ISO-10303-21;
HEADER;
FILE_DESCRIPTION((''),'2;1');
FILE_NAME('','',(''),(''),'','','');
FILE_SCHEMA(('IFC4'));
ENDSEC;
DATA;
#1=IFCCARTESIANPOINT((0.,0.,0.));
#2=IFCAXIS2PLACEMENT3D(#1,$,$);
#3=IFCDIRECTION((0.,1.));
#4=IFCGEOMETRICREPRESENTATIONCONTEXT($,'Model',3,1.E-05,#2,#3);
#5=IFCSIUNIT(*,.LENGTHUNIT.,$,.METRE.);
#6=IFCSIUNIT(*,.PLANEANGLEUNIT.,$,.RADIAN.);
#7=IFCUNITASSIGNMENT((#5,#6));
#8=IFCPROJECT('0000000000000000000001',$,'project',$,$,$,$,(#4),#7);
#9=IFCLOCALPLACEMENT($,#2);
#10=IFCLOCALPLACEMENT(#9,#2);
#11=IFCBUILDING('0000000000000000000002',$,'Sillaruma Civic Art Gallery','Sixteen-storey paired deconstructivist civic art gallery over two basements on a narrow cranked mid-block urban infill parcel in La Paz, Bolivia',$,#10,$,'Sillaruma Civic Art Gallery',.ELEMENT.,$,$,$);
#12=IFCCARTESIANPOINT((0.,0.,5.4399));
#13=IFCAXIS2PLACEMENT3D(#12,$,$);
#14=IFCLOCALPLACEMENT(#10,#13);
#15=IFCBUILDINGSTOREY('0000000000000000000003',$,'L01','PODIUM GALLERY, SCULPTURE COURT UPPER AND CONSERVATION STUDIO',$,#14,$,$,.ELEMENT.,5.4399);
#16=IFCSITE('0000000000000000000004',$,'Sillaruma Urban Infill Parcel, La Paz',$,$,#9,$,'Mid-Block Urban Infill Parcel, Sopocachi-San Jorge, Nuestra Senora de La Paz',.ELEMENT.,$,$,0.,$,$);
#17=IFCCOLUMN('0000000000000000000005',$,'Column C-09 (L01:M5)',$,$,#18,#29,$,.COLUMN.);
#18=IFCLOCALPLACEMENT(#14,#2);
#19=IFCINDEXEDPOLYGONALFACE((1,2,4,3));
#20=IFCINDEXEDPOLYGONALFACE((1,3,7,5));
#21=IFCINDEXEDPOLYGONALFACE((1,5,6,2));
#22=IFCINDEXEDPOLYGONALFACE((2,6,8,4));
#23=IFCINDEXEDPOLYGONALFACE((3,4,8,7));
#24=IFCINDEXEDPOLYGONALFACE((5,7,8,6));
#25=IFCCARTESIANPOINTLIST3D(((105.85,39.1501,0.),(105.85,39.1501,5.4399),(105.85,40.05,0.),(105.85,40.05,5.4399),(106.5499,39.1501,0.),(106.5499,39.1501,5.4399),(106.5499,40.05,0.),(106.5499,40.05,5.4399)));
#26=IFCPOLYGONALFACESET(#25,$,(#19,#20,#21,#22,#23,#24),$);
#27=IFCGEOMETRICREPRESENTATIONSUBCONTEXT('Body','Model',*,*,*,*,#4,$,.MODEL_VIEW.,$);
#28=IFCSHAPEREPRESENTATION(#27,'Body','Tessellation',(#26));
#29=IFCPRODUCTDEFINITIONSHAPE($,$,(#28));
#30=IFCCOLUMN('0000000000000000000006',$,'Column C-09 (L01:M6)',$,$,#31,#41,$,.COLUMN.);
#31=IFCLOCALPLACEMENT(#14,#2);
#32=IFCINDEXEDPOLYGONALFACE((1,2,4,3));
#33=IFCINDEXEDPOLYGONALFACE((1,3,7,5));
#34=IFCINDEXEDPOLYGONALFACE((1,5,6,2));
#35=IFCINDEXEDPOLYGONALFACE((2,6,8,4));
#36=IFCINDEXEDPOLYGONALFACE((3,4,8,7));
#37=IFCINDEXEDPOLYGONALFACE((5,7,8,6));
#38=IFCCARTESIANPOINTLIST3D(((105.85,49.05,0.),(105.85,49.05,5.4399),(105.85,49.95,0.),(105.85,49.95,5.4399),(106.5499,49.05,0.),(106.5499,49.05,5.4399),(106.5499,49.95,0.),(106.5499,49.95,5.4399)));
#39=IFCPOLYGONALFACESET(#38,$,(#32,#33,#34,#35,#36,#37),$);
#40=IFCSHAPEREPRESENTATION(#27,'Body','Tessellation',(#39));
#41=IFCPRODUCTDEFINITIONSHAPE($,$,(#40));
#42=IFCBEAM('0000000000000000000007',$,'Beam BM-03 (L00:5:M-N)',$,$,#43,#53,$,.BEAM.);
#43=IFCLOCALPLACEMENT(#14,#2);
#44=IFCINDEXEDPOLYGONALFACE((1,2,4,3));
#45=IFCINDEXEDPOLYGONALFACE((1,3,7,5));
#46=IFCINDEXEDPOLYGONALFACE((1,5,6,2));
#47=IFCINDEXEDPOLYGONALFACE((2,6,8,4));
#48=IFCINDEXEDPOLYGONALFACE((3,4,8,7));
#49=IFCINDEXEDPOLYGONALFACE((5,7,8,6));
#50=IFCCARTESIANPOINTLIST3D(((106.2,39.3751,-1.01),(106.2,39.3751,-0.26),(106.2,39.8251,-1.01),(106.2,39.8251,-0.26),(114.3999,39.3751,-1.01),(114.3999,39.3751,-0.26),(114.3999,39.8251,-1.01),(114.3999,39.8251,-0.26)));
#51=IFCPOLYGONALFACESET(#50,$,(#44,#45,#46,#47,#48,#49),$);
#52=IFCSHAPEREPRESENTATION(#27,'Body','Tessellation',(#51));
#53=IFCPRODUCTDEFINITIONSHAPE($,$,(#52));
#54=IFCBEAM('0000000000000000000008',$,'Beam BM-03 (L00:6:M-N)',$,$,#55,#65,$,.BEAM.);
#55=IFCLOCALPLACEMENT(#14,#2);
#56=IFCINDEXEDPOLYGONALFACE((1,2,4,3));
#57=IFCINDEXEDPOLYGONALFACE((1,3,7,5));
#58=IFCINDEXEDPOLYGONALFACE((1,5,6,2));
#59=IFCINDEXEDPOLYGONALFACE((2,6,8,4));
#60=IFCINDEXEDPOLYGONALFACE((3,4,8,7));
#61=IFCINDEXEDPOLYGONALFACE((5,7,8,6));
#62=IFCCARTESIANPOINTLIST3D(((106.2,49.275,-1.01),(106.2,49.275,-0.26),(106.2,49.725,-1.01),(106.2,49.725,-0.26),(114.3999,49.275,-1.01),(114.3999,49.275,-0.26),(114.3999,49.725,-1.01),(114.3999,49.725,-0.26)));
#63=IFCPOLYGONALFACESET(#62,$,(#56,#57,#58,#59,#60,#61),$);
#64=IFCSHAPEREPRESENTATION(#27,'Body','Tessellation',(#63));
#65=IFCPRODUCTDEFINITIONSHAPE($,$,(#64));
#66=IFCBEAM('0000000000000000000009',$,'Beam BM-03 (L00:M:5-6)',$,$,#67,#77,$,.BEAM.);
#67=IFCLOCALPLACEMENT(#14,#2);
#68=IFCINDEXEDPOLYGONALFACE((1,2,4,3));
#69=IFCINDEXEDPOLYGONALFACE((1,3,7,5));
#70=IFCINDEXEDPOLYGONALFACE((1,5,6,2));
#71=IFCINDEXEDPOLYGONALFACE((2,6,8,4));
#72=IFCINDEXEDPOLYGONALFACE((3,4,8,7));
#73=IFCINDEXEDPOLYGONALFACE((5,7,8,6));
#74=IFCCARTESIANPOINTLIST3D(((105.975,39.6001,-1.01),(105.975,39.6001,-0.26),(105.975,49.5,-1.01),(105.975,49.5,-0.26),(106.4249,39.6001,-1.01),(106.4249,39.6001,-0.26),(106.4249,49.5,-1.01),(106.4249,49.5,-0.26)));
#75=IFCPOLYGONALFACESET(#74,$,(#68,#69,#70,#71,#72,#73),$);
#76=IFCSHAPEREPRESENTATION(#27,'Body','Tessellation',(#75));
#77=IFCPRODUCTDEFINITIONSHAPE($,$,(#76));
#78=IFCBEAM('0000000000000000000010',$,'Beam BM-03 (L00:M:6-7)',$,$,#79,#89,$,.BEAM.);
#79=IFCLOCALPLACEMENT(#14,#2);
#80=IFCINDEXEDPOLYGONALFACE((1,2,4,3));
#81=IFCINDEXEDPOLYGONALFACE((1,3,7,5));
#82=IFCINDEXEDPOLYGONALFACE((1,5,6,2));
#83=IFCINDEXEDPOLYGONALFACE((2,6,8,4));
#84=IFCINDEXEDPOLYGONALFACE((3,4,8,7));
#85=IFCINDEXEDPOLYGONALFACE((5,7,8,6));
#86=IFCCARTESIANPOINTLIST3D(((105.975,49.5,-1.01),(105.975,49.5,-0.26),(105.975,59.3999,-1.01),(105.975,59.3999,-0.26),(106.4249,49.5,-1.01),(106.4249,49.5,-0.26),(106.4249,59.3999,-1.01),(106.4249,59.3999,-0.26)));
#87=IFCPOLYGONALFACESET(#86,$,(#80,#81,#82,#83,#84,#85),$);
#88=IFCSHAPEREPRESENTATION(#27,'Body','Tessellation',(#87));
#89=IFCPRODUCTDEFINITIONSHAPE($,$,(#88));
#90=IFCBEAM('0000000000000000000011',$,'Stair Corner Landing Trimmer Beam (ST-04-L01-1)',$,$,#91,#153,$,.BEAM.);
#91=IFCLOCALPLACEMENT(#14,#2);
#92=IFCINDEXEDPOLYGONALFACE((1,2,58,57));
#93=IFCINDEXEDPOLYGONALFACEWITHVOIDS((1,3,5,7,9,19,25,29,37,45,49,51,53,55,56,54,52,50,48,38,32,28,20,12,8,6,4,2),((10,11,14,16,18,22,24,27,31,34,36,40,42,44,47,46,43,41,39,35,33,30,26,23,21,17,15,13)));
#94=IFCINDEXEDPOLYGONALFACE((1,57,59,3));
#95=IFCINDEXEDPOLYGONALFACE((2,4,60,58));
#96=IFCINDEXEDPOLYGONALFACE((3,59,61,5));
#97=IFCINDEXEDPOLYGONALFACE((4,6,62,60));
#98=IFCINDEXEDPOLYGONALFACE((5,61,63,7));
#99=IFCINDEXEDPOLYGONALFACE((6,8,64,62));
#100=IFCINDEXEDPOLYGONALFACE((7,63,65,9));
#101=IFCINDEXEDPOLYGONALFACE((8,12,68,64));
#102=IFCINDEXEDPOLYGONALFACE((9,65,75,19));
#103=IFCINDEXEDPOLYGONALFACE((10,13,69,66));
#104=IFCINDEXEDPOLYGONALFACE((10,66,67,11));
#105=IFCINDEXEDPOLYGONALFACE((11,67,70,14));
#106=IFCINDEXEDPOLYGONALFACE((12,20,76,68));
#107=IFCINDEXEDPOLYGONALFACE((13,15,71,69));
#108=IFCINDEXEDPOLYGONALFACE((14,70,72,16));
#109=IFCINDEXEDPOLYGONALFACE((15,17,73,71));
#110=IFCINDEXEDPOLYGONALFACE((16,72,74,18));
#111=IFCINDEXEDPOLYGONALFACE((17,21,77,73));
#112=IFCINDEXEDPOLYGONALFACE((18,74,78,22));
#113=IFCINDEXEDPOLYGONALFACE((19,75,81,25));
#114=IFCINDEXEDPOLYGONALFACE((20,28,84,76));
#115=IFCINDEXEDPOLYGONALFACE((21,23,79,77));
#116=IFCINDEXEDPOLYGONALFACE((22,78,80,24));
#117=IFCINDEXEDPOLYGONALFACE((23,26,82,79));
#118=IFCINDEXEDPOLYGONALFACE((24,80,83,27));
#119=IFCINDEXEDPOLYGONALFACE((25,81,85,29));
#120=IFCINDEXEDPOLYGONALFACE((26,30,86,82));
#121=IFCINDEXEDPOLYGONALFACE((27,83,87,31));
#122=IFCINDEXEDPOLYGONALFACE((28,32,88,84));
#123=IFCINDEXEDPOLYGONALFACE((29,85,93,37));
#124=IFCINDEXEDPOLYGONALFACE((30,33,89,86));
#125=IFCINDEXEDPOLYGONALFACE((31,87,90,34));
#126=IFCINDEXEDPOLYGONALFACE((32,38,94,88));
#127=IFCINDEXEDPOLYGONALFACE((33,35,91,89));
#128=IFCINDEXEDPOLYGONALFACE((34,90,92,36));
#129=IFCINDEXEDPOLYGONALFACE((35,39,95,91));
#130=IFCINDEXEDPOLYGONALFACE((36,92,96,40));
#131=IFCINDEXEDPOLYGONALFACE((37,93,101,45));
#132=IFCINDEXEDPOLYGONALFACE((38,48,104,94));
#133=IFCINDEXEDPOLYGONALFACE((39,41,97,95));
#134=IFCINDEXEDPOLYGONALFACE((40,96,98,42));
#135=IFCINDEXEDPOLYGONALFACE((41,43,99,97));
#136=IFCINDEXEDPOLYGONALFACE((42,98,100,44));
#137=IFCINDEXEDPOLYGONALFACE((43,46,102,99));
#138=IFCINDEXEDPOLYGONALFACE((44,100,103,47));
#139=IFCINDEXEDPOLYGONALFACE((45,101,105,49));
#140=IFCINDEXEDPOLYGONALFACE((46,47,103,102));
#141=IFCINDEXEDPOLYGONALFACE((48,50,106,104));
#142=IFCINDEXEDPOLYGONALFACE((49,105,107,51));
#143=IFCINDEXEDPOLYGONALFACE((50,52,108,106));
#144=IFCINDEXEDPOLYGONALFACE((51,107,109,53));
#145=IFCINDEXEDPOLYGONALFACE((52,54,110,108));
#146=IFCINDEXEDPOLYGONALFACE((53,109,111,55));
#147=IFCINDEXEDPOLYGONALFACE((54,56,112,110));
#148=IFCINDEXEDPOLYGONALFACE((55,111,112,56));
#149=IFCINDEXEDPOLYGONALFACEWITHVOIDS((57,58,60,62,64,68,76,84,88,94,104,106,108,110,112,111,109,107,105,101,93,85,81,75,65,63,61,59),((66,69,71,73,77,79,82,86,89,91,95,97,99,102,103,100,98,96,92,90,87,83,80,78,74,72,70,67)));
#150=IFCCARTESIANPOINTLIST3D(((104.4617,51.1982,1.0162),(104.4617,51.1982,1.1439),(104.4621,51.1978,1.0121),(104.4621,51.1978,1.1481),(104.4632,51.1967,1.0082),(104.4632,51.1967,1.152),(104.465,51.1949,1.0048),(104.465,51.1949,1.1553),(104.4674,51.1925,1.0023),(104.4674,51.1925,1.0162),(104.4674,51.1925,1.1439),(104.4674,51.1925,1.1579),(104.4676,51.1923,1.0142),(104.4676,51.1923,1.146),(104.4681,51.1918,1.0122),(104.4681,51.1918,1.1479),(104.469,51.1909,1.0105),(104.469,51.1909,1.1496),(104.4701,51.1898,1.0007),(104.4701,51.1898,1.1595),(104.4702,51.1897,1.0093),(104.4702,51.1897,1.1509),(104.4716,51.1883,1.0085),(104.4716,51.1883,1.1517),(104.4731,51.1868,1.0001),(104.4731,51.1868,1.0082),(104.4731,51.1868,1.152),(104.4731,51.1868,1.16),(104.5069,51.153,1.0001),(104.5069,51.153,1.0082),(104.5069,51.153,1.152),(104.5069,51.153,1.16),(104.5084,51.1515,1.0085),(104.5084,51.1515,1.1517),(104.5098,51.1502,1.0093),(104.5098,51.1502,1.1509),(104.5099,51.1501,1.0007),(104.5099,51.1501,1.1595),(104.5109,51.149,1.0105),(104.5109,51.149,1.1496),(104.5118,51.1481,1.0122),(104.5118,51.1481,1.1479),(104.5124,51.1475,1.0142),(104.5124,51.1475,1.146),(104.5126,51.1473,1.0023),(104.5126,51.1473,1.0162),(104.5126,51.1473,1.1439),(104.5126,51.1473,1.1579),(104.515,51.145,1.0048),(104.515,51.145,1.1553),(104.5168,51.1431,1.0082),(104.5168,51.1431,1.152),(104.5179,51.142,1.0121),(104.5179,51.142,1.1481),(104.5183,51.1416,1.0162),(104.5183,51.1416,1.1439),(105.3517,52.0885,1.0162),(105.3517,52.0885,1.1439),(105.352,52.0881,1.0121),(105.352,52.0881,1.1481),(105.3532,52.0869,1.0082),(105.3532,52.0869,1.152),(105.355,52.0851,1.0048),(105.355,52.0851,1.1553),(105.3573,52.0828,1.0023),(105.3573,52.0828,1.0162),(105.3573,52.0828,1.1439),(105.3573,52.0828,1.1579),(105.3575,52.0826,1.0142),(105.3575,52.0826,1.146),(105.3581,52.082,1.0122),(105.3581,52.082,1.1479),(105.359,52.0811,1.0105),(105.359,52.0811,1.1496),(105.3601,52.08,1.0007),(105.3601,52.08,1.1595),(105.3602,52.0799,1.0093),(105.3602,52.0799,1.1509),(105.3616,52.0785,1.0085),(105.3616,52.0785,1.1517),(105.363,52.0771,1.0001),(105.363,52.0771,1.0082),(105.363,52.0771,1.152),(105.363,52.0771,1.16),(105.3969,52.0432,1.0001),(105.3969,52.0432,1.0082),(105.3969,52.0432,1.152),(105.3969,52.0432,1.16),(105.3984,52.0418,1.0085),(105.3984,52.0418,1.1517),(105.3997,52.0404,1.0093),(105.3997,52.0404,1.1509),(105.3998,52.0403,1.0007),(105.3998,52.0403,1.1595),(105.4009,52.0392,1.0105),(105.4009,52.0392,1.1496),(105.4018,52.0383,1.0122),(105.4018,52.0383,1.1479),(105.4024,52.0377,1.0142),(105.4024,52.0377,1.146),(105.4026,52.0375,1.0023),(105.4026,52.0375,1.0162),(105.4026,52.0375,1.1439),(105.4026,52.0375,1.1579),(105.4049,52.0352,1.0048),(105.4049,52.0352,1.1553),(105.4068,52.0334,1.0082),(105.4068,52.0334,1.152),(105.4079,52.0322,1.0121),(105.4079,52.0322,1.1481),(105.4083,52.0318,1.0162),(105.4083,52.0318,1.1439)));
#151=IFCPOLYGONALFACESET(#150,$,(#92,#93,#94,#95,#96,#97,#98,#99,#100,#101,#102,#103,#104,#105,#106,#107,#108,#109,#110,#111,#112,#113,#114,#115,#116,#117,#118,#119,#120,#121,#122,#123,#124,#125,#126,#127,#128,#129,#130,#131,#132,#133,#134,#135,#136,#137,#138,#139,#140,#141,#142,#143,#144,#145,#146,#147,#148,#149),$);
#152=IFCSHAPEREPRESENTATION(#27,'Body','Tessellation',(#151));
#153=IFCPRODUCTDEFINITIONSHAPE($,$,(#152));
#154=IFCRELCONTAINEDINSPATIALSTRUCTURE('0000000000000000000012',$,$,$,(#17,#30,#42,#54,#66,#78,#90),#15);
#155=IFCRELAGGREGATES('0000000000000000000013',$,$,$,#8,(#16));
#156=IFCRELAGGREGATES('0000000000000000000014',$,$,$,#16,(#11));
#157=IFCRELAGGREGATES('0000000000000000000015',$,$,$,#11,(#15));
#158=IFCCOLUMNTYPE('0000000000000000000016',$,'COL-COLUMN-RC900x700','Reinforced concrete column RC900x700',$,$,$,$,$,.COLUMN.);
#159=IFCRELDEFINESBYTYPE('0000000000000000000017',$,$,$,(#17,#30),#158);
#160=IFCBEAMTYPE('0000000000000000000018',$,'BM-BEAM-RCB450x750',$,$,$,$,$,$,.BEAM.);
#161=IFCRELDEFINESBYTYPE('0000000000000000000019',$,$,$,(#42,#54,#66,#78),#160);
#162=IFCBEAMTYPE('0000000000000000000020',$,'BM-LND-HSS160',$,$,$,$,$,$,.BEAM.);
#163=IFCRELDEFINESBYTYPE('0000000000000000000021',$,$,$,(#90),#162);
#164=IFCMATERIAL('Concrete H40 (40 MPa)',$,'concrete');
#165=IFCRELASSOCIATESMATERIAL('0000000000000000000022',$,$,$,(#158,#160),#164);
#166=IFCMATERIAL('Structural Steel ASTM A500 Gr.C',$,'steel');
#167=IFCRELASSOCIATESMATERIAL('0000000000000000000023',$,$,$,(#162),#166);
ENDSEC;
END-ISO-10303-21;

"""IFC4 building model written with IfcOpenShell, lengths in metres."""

from ifc_helpers import new_model, si_unit, direction, frame, origin, origin_2d, place, context, subcontext, project, spatial, rectangle, hollow_rectangle, extrude, material, material_profile, profile_set, type_object, element, save


model = new_model("IFC4")

# Units and contexts
model_context = context("Model", 3, precision=1e-05, world=origin(), true_north=direction((0.0, 1.0)))
body_context = subcontext(model_context, "Body", "Model", "MODEL_VIEW")
ifc_project = project(units=[si_unit("LENGTHUNIT", "METRE"), si_unit("PLANEANGLEUNIT", "RADIAN")], contexts=[model_context])

# Site, building, storey
site_placement = place(None, origin())
site = spatial("IfcSite", under=ifc_project, at=site_placement, Name="Sillaruma Urban Infill Parcel, La Paz", LongName="Mid-Block Urban Infill Parcel, Sopocachi-San Jorge, Nuestra Senora de La Paz", CompositionType="ELEMENT", RefElevation=0.0)
building_placement = place(site_placement, origin())
building = spatial("IfcBuilding", under=site, at=building_placement, Name="Sillaruma Civic Art Gallery", Description="Sixteen-storey paired deconstructivist civic art gallery over two basements on a narrow cranked mid-block urban infill parcel in La Paz, Bolivia", LongName="Sillaruma Civic Art Gallery", CompositionType="ELEMENT")
storey_placement = place(building_placement, frame((0.0, 0.0, 5.4399)))
storey = spatial("IfcBuildingStorey", under=building, at=storey_placement, Name="L01", Description="PODIUM GALLERY, SCULPTURE COURT UPPER AND CONSERVATION STUDIO", CompositionType="ELEMENT", Elevation=5.4399)

# Columns
ifc_material_1 = material(Name="Concrete H40 (40 MPa)", Category="concrete")
ifc_material_profile_1 = material_profile(ifc_material_1, rectangle(XDim=0.7, YDim=0.8999, at=origin_2d()), Name="RC900x700")
ifc_profile_set_1 = profile_set([ifc_material_profile_1], Name="Concrete H40 (40 MPa)")
column_type = type_object("IfcColumnType", Name="COL-COLUMN-RC900x700", Description="Reinforced concrete column RC900x700", PredefinedType="COLUMN", material=ifc_profile_set_1)
for number, where, z_axis, x_axis, name in (
    (1, (106.2, 39.6001, 0.0), (0.0, 0.0, 1.0), (1.0, 0.0, 0.0), "Column C-09 (L01:M5)"),
    (2, (106.2, 49.5, 0.0), (0.0, 0.0, 1.0), (1.0, 0.0, 0.0), "Column C-09 (L01:M6)"),
):
    element("IfcColumn", number, at=place(storey_placement, frame(where, z_axis=z_axis, x_axis=x_axis)), inside=storey, type_object=column_type, Name=name, PredefinedType="COLUMN", context=body_context, shape_type="SweptSolid", body=[
        extrude(rectangle(XDim=0.7, YDim=0.8999, at=origin_2d()), origin(), (0.0, 0.0, 1.0), 5.4399),
    ])

# Beams
ifc_material_profile_2 = material_profile(ifc_material_1, rectangle(XDim=0.45, YDim=0.75, at=origin_2d()), Name="RCB450x750")
ifc_profile_set_2 = profile_set([ifc_material_profile_2], Name="Concrete H40 (40 MPa)")
beam_type_1 = type_object("IfcBeamType", Name="BM-BEAM-RCB450x750", PredefinedType="BEAM", material=ifc_profile_set_2)
for number, where, z_axis, x_axis, name in (
    (3, (106.2, 39.6001, -0.635), (1.0, 0.0, 0.0), (0.0, 1.0, 0.0), "Beam BM-03 (L00:5:M-N)"),
    (4, (106.2, 49.5, -0.635), (1.0, 0.0, 0.0), (0.0, 1.0, 0.0), "Beam BM-03 (L00:6:M-N)"),
):
    element("IfcBeam", number, at=place(storey_placement, frame(where, z_axis=z_axis, x_axis=x_axis)), inside=storey, type_object=beam_type_1, Name=name, PredefinedType="BEAM", context=body_context, shape_type="SweptSolid", body=[
        extrude(rectangle(XDim=0.45, YDim=0.75, at=origin_2d()), origin(), (0.0, 0.0, 1.0), 8.2),
    ])
for number, where, z_axis, x_axis, name in (
    (5, (106.2, 39.6001, -0.635), (0.0, 1.0, 0.0), (-1.0, 0.0, 0.0), "Beam BM-03 (L00:M:5-6)"),
    (6, (106.2, 49.5, -0.635), (0.0, 1.0, 0.0), (-1.0, 0.0, 0.0), "Beam BM-03 (L00:M:6-7)"),
):
    element("IfcBeam", number, at=place(storey_placement, frame(where, z_axis=z_axis, x_axis=x_axis)), inside=storey, type_object=beam_type_1, Name=name, PredefinedType="BEAM", context=body_context, shape_type="SweptSolid", body=[
        extrude(rectangle(XDim=0.45, YDim=0.75, at=origin_2d()), origin(), (0.0, 0.0, 1.0), 9.8999),
    ])
ifc_material_2 = material(Name="Structural Steel ASTM A500 Gr.C", Category="steel")
ifc_material_profile_3 = material_profile(ifc_material_2, hollow_rectangle(XDim=0.0801, YDim=0.1599, WallThickness=0.0081, InnerFilletRadius=0.0081, OuterFilletRadius=0.0161, at=origin_2d()), Name="HSS160x80x8")
ifc_profile_set_3 = profile_set([ifc_material_profile_3], Name="Structural Steel ASTM A500 Gr.C")
beam_type_2 = type_object("IfcBeamType", Name="BM-LND-HSS160", PredefinedType="BEAM", material=ifc_profile_set_3)
beam_placement = place(storey_placement, frame((104.49, 51.1699, 1.0801), z_axis=(0.70701, 0.707204, 0.0), x_axis=(-0.707204, 0.70701, 0.0)))
element("IfcBeam", 7, at=beam_placement, inside=storey, type_object=beam_type_2, Name="Stair Corner Landing Trimmer Beam (ST-04-L01-1)", PredefinedType="BEAM", context=body_context, shape_type="SweptSolid", body=[
    extrude(hollow_rectangle(XDim=0.0801, YDim=0.1599, WallThickness=0.0081, InnerFilletRadius=0.0081, OuterFilletRadius=0.0161, at=origin_2d()), origin(), (0.0, 0.0, 1.0), 1.2588),
])

save(model, "model.ifc")
